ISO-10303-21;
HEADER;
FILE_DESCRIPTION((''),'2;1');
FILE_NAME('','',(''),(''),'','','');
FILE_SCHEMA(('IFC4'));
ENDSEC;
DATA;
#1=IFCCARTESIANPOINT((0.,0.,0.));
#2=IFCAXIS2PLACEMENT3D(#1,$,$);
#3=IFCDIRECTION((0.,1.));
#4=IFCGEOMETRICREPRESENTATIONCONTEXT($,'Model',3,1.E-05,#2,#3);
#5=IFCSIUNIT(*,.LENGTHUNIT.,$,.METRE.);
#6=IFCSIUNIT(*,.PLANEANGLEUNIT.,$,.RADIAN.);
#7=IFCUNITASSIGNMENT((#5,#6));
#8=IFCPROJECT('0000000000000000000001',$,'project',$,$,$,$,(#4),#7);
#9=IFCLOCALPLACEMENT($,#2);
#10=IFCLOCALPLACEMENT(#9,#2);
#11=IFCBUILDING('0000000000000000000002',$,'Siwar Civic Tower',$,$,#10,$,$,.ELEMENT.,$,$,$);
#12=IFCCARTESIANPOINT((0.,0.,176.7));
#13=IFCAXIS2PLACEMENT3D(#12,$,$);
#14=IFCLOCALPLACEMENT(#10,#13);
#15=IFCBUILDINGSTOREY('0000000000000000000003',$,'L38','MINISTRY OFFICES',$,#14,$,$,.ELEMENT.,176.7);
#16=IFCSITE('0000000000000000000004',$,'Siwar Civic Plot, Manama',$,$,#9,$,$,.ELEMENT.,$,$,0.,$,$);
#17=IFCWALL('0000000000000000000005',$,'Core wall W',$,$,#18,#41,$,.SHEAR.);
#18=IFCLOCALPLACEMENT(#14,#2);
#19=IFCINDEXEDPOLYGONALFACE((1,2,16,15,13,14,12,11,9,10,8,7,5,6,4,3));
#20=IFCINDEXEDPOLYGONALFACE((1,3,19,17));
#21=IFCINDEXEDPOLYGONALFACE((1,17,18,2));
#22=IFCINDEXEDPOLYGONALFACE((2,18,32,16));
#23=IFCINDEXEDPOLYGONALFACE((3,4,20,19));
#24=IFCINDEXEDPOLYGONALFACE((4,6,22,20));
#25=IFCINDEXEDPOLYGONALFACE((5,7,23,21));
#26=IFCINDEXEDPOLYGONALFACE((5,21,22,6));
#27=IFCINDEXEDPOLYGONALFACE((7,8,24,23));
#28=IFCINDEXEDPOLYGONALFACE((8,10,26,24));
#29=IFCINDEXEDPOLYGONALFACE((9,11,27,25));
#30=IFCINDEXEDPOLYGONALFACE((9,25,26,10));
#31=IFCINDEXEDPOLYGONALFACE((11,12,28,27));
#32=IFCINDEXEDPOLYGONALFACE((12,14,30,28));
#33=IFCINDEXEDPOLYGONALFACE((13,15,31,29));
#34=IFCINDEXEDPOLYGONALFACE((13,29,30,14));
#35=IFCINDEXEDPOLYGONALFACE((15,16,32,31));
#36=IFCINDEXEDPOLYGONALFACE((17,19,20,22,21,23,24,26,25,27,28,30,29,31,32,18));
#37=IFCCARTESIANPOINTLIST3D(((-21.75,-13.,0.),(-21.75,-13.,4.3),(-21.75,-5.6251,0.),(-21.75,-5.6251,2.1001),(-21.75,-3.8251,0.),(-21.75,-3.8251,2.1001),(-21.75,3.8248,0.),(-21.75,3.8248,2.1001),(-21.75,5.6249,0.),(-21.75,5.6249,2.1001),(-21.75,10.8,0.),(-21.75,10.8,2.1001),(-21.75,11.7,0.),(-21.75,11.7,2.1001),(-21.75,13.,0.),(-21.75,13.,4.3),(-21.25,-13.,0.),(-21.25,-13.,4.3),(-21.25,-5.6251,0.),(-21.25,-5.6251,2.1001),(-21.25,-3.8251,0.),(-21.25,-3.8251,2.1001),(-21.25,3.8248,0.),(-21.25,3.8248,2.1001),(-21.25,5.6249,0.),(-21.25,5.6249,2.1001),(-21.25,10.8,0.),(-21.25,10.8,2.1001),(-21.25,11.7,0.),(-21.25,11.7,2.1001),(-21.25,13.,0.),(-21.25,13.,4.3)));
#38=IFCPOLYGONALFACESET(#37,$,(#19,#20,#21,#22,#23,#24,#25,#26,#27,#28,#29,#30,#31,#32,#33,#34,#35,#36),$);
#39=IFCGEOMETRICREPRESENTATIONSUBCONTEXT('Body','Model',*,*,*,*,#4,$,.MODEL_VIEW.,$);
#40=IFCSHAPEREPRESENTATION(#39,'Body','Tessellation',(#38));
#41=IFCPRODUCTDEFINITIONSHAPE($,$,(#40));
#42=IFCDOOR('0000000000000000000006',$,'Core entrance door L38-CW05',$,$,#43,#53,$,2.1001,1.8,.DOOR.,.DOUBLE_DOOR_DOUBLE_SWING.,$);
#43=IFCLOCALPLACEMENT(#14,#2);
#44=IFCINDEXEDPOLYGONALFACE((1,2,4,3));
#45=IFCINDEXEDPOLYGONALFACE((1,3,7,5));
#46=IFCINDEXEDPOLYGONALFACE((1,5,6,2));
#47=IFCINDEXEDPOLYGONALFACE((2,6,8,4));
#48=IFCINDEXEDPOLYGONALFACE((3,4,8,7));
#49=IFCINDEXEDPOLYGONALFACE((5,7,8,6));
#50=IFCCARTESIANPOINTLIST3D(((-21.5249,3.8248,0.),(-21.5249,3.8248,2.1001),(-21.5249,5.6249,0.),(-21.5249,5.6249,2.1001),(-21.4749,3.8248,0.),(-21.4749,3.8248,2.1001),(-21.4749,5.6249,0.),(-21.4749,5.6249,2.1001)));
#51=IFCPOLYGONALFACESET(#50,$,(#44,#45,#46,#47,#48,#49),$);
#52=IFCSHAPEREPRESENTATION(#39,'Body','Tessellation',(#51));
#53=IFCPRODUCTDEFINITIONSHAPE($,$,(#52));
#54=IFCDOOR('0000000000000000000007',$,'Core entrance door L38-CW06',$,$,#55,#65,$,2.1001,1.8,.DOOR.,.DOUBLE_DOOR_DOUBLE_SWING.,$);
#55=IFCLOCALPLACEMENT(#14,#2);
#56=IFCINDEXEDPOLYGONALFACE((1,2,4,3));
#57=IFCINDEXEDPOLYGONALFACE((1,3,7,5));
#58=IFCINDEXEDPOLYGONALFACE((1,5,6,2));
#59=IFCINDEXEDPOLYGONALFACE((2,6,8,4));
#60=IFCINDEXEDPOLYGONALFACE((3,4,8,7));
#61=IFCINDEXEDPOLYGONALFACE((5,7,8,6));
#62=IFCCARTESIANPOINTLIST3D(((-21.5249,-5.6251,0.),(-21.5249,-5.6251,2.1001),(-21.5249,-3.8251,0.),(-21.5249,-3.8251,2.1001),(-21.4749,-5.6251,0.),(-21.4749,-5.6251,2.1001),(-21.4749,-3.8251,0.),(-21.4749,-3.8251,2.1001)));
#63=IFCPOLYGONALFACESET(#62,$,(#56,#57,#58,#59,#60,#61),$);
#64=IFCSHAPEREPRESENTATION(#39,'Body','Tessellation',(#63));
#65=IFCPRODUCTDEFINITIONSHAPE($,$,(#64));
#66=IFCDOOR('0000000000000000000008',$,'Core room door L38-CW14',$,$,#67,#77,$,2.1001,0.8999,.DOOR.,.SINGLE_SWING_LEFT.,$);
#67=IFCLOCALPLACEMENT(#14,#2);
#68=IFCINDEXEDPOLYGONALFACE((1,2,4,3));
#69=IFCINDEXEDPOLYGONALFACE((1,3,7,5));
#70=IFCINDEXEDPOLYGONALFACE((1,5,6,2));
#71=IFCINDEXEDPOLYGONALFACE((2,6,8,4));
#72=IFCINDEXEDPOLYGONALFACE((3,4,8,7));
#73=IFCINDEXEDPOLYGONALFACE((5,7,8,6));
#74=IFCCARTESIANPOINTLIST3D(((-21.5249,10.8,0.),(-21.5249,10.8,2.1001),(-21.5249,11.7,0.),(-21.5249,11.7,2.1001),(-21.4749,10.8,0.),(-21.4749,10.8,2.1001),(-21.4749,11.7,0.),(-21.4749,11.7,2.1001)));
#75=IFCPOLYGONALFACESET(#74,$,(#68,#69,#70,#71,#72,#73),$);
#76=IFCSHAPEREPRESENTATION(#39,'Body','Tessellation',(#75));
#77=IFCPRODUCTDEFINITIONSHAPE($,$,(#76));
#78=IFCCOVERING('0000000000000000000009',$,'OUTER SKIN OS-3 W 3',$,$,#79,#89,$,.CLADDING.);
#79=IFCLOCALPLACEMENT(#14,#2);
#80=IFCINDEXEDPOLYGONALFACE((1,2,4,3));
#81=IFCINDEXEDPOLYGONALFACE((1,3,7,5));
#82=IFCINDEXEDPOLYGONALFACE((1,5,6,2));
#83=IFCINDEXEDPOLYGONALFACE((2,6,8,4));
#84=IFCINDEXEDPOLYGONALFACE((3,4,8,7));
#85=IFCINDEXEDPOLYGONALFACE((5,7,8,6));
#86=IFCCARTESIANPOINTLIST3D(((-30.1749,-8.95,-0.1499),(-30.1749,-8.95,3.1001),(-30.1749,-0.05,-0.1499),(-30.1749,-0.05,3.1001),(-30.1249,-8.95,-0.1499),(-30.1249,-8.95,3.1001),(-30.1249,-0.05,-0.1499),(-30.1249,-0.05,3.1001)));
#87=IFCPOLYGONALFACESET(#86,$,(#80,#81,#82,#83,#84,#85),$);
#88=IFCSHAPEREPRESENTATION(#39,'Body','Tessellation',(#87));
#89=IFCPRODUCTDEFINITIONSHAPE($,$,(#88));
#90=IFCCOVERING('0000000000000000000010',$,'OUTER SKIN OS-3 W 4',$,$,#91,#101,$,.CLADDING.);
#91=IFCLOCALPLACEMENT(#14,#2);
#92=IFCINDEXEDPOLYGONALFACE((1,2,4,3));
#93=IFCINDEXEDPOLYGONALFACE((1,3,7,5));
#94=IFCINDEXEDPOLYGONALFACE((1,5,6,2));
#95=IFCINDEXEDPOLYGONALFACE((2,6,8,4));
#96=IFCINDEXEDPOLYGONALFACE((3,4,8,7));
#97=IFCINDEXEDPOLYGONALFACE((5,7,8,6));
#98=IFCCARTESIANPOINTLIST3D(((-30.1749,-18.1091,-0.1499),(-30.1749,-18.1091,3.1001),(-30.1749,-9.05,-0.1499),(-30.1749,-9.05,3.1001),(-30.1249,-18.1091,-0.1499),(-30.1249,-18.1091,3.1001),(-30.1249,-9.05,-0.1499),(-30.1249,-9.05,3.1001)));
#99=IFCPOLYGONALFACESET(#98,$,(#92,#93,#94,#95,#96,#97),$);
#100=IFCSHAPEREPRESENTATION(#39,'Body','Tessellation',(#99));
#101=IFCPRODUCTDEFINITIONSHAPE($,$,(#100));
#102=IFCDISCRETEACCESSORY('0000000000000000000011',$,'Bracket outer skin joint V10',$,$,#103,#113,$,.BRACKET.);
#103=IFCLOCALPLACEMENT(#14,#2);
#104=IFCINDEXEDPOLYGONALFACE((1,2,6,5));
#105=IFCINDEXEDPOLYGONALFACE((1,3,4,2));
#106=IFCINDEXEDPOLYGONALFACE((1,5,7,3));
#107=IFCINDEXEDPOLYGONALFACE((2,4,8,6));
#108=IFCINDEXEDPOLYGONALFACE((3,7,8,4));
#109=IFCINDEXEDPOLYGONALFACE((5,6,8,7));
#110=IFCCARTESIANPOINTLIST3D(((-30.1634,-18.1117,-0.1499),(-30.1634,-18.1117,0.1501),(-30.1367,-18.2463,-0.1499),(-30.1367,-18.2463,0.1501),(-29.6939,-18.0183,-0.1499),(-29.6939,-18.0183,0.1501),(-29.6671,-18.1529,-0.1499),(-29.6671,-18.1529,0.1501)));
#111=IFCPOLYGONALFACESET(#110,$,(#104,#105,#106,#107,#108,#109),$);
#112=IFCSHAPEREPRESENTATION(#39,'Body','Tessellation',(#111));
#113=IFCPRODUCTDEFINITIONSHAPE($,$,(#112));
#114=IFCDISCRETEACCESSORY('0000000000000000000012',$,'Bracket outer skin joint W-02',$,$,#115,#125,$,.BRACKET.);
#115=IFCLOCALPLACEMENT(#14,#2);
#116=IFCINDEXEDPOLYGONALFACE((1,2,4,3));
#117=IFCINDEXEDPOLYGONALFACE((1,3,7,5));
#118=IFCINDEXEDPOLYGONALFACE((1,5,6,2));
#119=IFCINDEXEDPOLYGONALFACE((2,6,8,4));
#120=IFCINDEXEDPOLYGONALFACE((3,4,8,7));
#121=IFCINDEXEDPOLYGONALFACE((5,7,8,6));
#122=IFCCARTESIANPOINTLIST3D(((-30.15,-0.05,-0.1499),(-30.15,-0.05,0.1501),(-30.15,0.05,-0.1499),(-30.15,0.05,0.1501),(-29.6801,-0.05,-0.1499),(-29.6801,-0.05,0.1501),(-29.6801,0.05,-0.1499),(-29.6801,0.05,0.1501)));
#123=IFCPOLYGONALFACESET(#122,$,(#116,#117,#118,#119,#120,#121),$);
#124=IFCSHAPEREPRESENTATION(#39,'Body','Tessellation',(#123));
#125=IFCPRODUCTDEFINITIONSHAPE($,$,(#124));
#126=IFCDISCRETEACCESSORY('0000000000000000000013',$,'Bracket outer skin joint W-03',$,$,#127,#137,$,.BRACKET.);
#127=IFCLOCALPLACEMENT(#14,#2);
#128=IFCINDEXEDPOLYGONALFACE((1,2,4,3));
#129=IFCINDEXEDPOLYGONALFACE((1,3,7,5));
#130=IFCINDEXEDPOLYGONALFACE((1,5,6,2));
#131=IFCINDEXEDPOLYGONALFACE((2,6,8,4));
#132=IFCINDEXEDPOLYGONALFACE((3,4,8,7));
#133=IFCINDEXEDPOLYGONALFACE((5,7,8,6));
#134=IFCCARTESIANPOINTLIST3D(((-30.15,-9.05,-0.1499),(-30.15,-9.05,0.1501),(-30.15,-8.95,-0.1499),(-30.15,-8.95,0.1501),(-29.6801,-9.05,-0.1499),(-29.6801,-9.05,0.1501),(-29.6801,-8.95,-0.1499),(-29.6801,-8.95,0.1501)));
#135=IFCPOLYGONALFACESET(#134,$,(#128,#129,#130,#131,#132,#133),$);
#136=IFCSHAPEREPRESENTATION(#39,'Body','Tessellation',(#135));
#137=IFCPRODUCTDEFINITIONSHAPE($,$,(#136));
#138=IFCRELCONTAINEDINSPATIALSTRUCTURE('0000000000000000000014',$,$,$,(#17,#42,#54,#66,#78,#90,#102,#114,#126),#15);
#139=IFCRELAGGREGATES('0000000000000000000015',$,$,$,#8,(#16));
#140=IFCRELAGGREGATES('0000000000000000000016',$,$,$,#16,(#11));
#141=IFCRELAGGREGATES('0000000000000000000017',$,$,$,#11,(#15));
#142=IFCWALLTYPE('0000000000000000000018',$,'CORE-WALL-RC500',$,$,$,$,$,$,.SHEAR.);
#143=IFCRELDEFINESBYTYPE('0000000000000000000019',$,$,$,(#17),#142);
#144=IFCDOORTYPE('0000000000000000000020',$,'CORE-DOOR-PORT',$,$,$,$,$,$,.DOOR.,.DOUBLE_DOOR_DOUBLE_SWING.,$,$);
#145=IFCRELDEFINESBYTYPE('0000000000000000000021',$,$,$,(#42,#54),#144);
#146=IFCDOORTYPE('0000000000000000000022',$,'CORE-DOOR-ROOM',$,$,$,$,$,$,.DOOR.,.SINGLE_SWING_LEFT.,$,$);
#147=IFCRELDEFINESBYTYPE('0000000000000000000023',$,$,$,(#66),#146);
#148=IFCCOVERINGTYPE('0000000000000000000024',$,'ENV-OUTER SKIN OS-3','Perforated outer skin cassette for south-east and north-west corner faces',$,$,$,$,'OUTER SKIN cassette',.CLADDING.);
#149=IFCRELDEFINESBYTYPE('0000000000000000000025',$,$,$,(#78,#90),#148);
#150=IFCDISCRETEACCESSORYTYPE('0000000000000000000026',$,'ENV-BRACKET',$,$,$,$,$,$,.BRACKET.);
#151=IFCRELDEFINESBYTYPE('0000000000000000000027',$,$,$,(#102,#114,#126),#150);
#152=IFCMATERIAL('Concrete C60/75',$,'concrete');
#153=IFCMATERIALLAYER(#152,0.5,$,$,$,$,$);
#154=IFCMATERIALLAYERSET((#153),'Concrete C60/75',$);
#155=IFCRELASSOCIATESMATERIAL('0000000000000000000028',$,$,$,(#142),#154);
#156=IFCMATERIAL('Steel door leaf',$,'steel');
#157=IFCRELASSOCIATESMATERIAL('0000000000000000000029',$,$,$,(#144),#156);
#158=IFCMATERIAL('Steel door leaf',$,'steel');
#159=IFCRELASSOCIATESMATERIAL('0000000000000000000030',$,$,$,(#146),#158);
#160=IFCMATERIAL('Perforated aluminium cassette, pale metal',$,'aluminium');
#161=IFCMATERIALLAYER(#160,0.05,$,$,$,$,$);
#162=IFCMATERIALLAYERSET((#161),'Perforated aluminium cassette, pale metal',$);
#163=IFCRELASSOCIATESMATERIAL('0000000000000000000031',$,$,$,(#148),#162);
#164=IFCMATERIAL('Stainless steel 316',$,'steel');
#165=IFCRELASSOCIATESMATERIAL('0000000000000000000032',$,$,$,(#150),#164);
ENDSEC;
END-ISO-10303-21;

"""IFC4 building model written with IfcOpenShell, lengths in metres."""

from ifc_helpers import new_model, si_unit, direction, frame, frame_2d, origin, origin_2d, place, context, subcontext, project, spatial, rectangle, extrude, material, layer, layer_set, type_object, element, fill, save


model = new_model("IFC4")

# Units and contexts
model_context = context("Model", 3, precision=1e-05, world=origin(), true_north=direction((0.0, 1.0)))
body_context = subcontext(model_context, "Body", "Model", "MODEL_VIEW")
ifc_project = project(units=[si_unit("LENGTHUNIT", "METRE"), si_unit("PLANEANGLEUNIT", "RADIAN")], contexts=[model_context])

# Site, building, storey
site_placement = place(None, origin())
site = spatial("IfcSite", under=ifc_project, at=site_placement, Name="Siwar Civic Plot, Manama", CompositionType="ELEMENT", RefElevation=0.0)
building_placement = place(site_placement, origin())
building = spatial("IfcBuilding", under=site, at=building_placement, Name="Siwar Civic Tower", CompositionType="ELEMENT")
storey_placement = place(building_placement, frame((0.0, 0.0, 176.7)))
storey = spatial("IfcBuildingStorey", under=building, at=storey_placement, Name="L38", Description="MINISTRY OFFICES", CompositionType="ELEMENT", Elevation=176.7)

# Wall, openings, doors
ifc_material_1 = material(Name="Concrete C60/75", Category="concrete")
ifc_layer_1 = layer(ifc_material_1, 0.5)
ifc_layer_set_1 = layer_set([ifc_layer_1], Name="Concrete C60/75")
wall_type_1 = type_object("IfcWallType", Name="CORE-WALL-RC500", PredefinedType="SHEAR", material=ifc_layer_set_1)
wall_1_placement = place(storey_placement, frame((-21.5, -13.0, 0.0), z_axis=(0.0, 0.0, 1.0), x_axis=(0.0, 1.0, 0.0)))
wall_1 = element("IfcWall", 1, at=wall_1_placement, inside=storey, type_object=wall_type_1, Name="Core wall W", PredefinedType="SHEAR", context=body_context, shape_type="SweptSolid", body=[
    extrude(rectangle(XDim=26.0, YDim=0.5, at=frame_2d((13.0, 0.0))), origin(), (0.0, 0.0, 1.0), 4.3),
])
opening_1_placement = place(wall_1_placement, frame((16.825, 0.0, 0.0)))
opening_1 = element("IfcOpeningElement", 2, at=opening_1_placement, cuts=wall_1, PredefinedType="OPENING", context=body_context, shape_type="SweptSolid", body=[
    extrude(rectangle(XDim=1.8, YDim=2.1001, at=frame_2d((0.8999, 1.05))), frame((0.0, 0.26, 0.0), z_axis=(0.0, -1.0, 0.0), x_axis=(1.0, 0.0, 0.0)), (0.0, 0.0, 1.0), 0.52),
])
opening_2_placement = place(wall_1_placement, frame((7.375, 0.0, 0.0)))
opening_2 = element("IfcOpeningElement", 3, at=opening_2_placement, cuts=wall_1, PredefinedType="OPENING", context=body_context, shape_type="SweptSolid", body=[
    extrude(rectangle(XDim=1.8, YDim=2.1001, at=frame_2d((0.8999, 1.05))), frame((0.0, 0.26, 0.0), z_axis=(0.0, -1.0, 0.0), x_axis=(1.0, 0.0, 0.0)), (0.0, 0.0, 1.0), 0.52),
])
opening_3_placement = place(wall_1_placement, frame((23.8, 0.0, 0.0)))
opening_3 = element("IfcOpeningElement", 4, at=opening_3_placement, cuts=wall_1, PredefinedType="OPENING", context=body_context, shape_type="SweptSolid", body=[
    extrude(rectangle(XDim=0.8999, YDim=2.1001, at=frame_2d((0.45, 1.05))), frame((0.0, 0.26, 0.0), z_axis=(0.0, -1.0, 0.0), x_axis=(1.0, 0.0, 0.0)), (0.0, 0.0, 1.0), 0.52),
])
ifc_material_2 = material(Name="Steel door leaf", Category="steel")
door_type_1 = type_object("IfcDoorType", Name="CORE-DOOR-PORT", OperationType="DOUBLE_DOOR_DOUBLE_SWING", PredefinedType="DOOR", material=ifc_material_2)
door_1_placement = place(opening_1_placement, origin())
door_1 = element("IfcDoor", 5, at=door_1_placement, inside=storey, type_object=door_type_1, Name="Core entrance door L38-CW05", OperationType="DOUBLE_DOOR_DOUBLE_SWING", OverallHeight=2.1001, OverallWidth=1.8, PredefinedType="DOOR", context=body_context, shape_type="SweptSolid", body=[
    extrude(rectangle(XDim=1.8, YDim=2.1001, at=frame_2d((0.8999, 1.05))), frame((0.0, 0.0249, 0.0), z_axis=(0.0, -1.0, 0.0), x_axis=(1.0, 0.0, 0.0)), (0.0, 0.0, 1.0), 0.05),
])
fill(opening_1, door_1)
door_2_placement = place(opening_2_placement, origin())
door_2 = element("IfcDoor", 6, at=door_2_placement, inside=storey, type_object=door_type_1, Name="Core entrance door L38-CW06", OperationType="DOUBLE_DOOR_DOUBLE_SWING", OverallHeight=2.1001, OverallWidth=1.8, PredefinedType="DOOR", context=body_context, shape_type="SweptSolid", body=[
    extrude(rectangle(XDim=1.8, YDim=2.1001, at=frame_2d((0.8999, 1.05))), frame((0.0, 0.0249, 0.0), z_axis=(0.0, -1.0, 0.0), x_axis=(1.0, 0.0, 0.0)), (0.0, 0.0, 1.0), 0.05),
])
fill(opening_2, door_2)
ifc_material_3 = material(Name="Steel door leaf", Category="steel")
door_type_2 = type_object("IfcDoorType", Name="CORE-DOOR-ROOM", OperationType="SINGLE_SWING_LEFT", PredefinedType="DOOR", material=ifc_material_3)
door_3_placement = place(opening_3_placement, origin())
door_3 = element("IfcDoor", 7, at=door_3_placement, inside=storey, type_object=door_type_2, Name="Core room door L38-CW14", OperationType="SINGLE_SWING_LEFT", OverallHeight=2.1001, OverallWidth=0.8999, PredefinedType="DOOR", context=body_context, shape_type="SweptSolid", body=[
    extrude(rectangle(XDim=0.8999, YDim=2.1001, at=frame_2d((0.45, 1.05))), frame((0.0, 0.0249, 0.0), z_axis=(0.0, -1.0, 0.0), x_axis=(1.0, 0.0, 0.0)), (0.0, 0.0, 1.0), 0.05),
])
fill(opening_3, door_3)

# Coverings
ifc_material_4 = material(Name="Perforated aluminium cassette, pale metal", Category="aluminium")
ifc_layer_2 = layer(ifc_material_4, 0.05)
ifc_layer_set_2 = layer_set([ifc_layer_2], Name="Perforated aluminium cassette, pale metal")
covering_type = type_object("IfcCoveringType", Name="ENV-OUTER SKIN OS-3", Description="Perforated outer skin cassette for south-east and north-west corner faces", ElementType="OUTER SKIN cassette", PredefinedType="CLADDING", material=ifc_layer_set_2)
covering_1_placement = place(storey_placement, frame((-30.1499, -4.5, -0.1499), z_axis=(0.0, 0.0, 1.0), x_axis=(0.0, -1.0, 0.0)))
element("IfcCovering", 8, at=covering_1_placement, inside=storey, type_object=covering_type, Name="OUTER SKIN OS-3 W 3", PredefinedType="CLADDING", context=body_context, shape_type="SweptSolid", body=[
    extrude(rectangle(XDim=8.8999, YDim=0.05, at=origin_2d()), origin(), (0.0, 0.0, 1.0), 3.25),
])
covering_2_placement = place(storey_placement, frame((-30.1499, -13.5796, -0.1499), z_axis=(0.0, 0.0, 1.0), x_axis=(0.0, -1.0, 0.0)))
element("IfcCovering", 9, at=covering_2_placement, inside=storey, type_object=covering_type, Name="OUTER SKIN OS-3 W 4", PredefinedType="CLADDING", context=body_context, shape_type="SweptSolid", body=[
    extrude(rectangle(XDim=9.0591, YDim=0.05, at=origin_2d()), origin(), (0.0, 0.0, 1.0), 3.25),
])

# Discrete accessories
ifc_material_5 = material(Name="Stainless steel 316", Category="steel")
discrete_accessory_type = type_object("IfcDiscreteAccessoryType", Name="ENV-BRACKET", PredefinedType="BRACKET", material=ifc_material_5)
discrete_accessory_placement = place(storey_placement, frame((-29.9153, -18.1323, -0.1499), z_axis=(0.0, 0.0, 1.0), x_axis=(-0.980785, -0.19509, 0.0)))
element("IfcDiscreteAccessory", 10, at=discrete_accessory_placement, inside=storey, type_object=discrete_accessory_type, Name="Bracket outer skin joint V10", PredefinedType="BRACKET", context=body_context, shape_type="SweptSolid", body=[
    extrude(rectangle(XDim=0.4788, YDim=0.1372, at=origin_2d()), origin(), (0.0, 0.0, 1.0), 0.3),
])
for number, where, z_axis, x_axis, name in (
    (11, (-29.915, 0.0, -0.1499), (0.0, 0.0, 1.0), (-1.0, 0.0, 0.0), "Bracket outer skin joint W-02"),
    (12, (-29.915, -9.0, -0.1499), (0.0, 0.0, 1.0), (-1.0, 0.0, 0.0), "Bracket outer skin joint W-03"),
):
    element("IfcDiscreteAccessory", number, at=place(storey_placement, frame(where, z_axis=z_axis, x_axis=x_axis)), inside=storey, type_object=discrete_accessory_type, Name=name, PredefinedType="BRACKET", context=body_context, shape_type="SweptSolid", body=[
        extrude(rectangle(XDim=0.47, YDim=0.1001, at=origin_2d()), origin(), (0.0, 0.0, 1.0), 0.3),
    ])

save(model, "model.ifc")
